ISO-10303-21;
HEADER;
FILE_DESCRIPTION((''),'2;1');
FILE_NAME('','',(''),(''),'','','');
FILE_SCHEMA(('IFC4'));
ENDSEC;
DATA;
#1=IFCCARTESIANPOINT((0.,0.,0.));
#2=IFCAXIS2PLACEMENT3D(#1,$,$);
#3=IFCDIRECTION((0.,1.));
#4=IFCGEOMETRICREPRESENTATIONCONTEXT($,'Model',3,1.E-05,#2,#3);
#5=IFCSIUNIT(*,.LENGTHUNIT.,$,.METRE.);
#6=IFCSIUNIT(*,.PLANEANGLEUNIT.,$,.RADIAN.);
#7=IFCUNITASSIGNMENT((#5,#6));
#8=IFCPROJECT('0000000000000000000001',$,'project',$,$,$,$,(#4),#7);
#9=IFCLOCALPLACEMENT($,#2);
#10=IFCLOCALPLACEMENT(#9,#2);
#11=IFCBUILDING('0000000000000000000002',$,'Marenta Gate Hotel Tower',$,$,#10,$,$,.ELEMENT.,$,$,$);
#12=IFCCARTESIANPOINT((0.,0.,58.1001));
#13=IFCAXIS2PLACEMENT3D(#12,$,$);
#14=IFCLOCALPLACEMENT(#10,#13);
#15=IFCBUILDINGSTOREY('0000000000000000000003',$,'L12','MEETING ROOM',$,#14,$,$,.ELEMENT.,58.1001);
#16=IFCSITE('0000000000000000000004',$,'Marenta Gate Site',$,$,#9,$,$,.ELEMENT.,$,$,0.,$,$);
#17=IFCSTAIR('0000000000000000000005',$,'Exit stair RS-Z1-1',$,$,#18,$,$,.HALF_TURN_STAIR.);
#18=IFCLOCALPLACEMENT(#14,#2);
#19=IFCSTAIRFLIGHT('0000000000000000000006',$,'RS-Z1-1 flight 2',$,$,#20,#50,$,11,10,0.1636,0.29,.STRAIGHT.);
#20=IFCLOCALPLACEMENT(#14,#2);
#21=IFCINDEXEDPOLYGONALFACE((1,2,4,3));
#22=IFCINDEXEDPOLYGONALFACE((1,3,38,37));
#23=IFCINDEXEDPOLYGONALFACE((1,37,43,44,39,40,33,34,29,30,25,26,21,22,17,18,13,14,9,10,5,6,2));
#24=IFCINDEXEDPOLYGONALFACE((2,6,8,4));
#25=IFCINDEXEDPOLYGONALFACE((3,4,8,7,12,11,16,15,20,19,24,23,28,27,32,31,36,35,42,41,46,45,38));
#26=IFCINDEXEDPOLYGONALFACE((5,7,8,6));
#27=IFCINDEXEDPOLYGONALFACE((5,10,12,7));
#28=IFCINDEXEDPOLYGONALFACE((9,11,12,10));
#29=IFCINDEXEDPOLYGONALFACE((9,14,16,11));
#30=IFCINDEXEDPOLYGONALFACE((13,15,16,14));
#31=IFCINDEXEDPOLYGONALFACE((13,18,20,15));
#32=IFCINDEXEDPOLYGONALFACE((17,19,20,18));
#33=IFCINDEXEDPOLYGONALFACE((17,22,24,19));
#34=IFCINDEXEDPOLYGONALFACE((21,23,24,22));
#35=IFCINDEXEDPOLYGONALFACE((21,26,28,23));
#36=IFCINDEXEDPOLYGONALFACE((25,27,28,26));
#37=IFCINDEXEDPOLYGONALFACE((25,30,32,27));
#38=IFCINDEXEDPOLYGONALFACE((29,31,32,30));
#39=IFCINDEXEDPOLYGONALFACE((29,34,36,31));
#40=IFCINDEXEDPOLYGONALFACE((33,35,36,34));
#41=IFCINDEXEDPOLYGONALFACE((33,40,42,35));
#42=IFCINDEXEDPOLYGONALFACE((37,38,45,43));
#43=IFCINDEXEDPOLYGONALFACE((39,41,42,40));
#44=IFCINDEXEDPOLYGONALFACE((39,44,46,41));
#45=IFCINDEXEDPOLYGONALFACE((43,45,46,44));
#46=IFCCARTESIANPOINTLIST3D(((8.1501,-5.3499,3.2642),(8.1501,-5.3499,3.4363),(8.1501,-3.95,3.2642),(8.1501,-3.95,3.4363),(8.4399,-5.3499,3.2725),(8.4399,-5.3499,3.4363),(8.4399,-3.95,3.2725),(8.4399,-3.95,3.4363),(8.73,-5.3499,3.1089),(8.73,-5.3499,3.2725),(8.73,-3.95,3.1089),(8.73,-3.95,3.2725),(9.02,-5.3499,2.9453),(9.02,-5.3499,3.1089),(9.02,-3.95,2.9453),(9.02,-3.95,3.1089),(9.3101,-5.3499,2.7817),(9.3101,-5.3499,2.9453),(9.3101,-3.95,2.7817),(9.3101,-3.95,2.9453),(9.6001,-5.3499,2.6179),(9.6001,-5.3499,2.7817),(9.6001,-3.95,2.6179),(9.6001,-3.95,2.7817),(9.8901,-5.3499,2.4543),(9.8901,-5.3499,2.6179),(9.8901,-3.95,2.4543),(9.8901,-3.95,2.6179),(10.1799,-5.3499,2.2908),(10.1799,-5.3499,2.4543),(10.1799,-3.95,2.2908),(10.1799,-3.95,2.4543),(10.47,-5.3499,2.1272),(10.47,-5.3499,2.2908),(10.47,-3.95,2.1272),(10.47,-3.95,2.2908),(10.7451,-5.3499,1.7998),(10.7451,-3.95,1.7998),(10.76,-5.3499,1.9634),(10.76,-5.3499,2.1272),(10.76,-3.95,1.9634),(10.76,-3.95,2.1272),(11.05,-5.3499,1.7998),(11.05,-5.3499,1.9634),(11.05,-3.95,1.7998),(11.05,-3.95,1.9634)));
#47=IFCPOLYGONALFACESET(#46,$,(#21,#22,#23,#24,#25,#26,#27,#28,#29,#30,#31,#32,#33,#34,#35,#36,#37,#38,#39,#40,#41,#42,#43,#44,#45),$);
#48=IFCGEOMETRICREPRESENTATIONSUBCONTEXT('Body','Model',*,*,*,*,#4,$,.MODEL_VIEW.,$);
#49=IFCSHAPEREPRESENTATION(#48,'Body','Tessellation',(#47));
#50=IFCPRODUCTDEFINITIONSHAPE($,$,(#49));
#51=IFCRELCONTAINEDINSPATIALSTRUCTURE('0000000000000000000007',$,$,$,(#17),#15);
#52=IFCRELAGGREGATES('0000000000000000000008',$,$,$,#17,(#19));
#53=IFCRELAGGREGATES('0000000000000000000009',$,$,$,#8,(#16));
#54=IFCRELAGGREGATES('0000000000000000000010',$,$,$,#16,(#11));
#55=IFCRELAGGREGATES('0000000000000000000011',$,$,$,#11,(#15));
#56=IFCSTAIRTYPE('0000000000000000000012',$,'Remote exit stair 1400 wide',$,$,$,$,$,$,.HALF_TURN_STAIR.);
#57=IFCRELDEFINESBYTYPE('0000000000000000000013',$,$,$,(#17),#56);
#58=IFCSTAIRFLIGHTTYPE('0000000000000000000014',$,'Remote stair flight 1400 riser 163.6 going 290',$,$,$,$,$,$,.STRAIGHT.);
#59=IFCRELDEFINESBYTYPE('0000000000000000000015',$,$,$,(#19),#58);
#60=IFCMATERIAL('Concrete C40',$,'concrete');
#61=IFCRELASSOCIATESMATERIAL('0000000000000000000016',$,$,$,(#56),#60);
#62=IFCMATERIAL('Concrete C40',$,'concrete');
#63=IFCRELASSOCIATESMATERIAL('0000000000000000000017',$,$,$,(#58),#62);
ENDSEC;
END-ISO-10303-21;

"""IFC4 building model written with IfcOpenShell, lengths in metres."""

from ifc_helpers import new_model, si_unit, direction, frame, origin, place, context, subcontext, project, spatial, polyline, outline, extrude, material, type_object, element, aggregate, save


model = new_model("IFC4")

# Units and contexts
model_context = context("Model", 3, precision=1e-05, world=origin(), true_north=direction((0.0, 1.0)))
body_context = subcontext(model_context, "Body", "Model", "MODEL_VIEW")
ifc_project = project(units=[si_unit("LENGTHUNIT", "METRE"), si_unit("PLANEANGLEUNIT", "RADIAN")], contexts=[model_context])

# Site, building, storey
site_placement = place(None, origin())
site = spatial("IfcSite", under=ifc_project, at=site_placement, Name="Marenta Gate Site", CompositionType="ELEMENT", RefElevation=0.0)
building_placement = place(site_placement, origin())
building = spatial("IfcBuilding", under=site, at=building_placement, Name="Marenta Gate Hotel Tower", CompositionType="ELEMENT")
storey_placement = place(building_placement, frame((0.0, 0.0, 58.1001)))
storey = spatial("IfcBuildingStorey", under=building, at=storey_placement, Name="L12", Description="MEETING ROOM", CompositionType="ELEMENT", Elevation=58.1001)

# Stair, stair flight
ifc_material_1 = material(Name="Concrete C40", Category="concrete")
stair_type = type_object("IfcStairType", Name="Remote exit stair 1400 wide", PredefinedType="HALF_TURN_STAIR", material=ifc_material_1)
stair_placement = place(storey_placement, origin())
stair = element("IfcStair", 1, at=stair_placement, inside=storey, type_object=stair_type, Name="Exit stair RS-Z1-1", PredefinedType="HALF_TURN_STAIR")
ifc_material_2 = material(Name="Concrete C40", Category="concrete")
stair_flight_type = type_object("IfcStairFlightType", Name="Remote stair flight 1400 riser 163.6 going 290", PredefinedType="STRAIGHT", material=ifc_material_2)
stair_flight_1_placement = place(storey_placement, frame((11.05, -4.6499, 1.7998), z_axis=(0.0, 0.0, 1.0), x_axis=(-1.0, 0.0, 0.0)))
stair_flight_1 = element("IfcStairFlight", 2, at=stair_flight_1_placement, type_object=stair_flight_type, Name="RS-Z1-1 flight 2", NumberOfRisers=11, NumberOfTreads=10, PredefinedType="STRAIGHT", RiserHeight=0.1636, TreadLength=0.29, context=body_context, shape_type="SweptSolid", body=[
    extrude(outline(polyline([(0.0, 0.0), (0.0, 0.1636), (0.29, 0.1636), (0.29, 0.3274), (0.5801, 0.3274), (0.5801, 0.491), (0.8701, 0.491), (0.8701, 0.6545), (1.1599, 0.6545), (1.1599, 0.8181), (1.45, 0.8181), (1.45, 0.9819), (1.74, 0.9819), (1.74, 1.1455), (2.03, 1.1455), (2.03, 1.3091), (2.3201, 1.3091), (2.3201, 1.4727), (2.6101, 1.4727), (2.6101, 1.6365), (2.8999, 1.6365), (2.8999, 1.8), (2.8999, 1.4644), (0.3049, 0.0), (0.0, 0.0)])), frame((0.0, 0.7, 0.0), z_axis=(0.0, -1.0, 0.0), x_axis=(1.0, 0.0, 0.0)), (0.0, 0.0, 1.0), 1.3999),
])
aggregate(stair, [stair_flight_1])

save(model, "model.ifc")
